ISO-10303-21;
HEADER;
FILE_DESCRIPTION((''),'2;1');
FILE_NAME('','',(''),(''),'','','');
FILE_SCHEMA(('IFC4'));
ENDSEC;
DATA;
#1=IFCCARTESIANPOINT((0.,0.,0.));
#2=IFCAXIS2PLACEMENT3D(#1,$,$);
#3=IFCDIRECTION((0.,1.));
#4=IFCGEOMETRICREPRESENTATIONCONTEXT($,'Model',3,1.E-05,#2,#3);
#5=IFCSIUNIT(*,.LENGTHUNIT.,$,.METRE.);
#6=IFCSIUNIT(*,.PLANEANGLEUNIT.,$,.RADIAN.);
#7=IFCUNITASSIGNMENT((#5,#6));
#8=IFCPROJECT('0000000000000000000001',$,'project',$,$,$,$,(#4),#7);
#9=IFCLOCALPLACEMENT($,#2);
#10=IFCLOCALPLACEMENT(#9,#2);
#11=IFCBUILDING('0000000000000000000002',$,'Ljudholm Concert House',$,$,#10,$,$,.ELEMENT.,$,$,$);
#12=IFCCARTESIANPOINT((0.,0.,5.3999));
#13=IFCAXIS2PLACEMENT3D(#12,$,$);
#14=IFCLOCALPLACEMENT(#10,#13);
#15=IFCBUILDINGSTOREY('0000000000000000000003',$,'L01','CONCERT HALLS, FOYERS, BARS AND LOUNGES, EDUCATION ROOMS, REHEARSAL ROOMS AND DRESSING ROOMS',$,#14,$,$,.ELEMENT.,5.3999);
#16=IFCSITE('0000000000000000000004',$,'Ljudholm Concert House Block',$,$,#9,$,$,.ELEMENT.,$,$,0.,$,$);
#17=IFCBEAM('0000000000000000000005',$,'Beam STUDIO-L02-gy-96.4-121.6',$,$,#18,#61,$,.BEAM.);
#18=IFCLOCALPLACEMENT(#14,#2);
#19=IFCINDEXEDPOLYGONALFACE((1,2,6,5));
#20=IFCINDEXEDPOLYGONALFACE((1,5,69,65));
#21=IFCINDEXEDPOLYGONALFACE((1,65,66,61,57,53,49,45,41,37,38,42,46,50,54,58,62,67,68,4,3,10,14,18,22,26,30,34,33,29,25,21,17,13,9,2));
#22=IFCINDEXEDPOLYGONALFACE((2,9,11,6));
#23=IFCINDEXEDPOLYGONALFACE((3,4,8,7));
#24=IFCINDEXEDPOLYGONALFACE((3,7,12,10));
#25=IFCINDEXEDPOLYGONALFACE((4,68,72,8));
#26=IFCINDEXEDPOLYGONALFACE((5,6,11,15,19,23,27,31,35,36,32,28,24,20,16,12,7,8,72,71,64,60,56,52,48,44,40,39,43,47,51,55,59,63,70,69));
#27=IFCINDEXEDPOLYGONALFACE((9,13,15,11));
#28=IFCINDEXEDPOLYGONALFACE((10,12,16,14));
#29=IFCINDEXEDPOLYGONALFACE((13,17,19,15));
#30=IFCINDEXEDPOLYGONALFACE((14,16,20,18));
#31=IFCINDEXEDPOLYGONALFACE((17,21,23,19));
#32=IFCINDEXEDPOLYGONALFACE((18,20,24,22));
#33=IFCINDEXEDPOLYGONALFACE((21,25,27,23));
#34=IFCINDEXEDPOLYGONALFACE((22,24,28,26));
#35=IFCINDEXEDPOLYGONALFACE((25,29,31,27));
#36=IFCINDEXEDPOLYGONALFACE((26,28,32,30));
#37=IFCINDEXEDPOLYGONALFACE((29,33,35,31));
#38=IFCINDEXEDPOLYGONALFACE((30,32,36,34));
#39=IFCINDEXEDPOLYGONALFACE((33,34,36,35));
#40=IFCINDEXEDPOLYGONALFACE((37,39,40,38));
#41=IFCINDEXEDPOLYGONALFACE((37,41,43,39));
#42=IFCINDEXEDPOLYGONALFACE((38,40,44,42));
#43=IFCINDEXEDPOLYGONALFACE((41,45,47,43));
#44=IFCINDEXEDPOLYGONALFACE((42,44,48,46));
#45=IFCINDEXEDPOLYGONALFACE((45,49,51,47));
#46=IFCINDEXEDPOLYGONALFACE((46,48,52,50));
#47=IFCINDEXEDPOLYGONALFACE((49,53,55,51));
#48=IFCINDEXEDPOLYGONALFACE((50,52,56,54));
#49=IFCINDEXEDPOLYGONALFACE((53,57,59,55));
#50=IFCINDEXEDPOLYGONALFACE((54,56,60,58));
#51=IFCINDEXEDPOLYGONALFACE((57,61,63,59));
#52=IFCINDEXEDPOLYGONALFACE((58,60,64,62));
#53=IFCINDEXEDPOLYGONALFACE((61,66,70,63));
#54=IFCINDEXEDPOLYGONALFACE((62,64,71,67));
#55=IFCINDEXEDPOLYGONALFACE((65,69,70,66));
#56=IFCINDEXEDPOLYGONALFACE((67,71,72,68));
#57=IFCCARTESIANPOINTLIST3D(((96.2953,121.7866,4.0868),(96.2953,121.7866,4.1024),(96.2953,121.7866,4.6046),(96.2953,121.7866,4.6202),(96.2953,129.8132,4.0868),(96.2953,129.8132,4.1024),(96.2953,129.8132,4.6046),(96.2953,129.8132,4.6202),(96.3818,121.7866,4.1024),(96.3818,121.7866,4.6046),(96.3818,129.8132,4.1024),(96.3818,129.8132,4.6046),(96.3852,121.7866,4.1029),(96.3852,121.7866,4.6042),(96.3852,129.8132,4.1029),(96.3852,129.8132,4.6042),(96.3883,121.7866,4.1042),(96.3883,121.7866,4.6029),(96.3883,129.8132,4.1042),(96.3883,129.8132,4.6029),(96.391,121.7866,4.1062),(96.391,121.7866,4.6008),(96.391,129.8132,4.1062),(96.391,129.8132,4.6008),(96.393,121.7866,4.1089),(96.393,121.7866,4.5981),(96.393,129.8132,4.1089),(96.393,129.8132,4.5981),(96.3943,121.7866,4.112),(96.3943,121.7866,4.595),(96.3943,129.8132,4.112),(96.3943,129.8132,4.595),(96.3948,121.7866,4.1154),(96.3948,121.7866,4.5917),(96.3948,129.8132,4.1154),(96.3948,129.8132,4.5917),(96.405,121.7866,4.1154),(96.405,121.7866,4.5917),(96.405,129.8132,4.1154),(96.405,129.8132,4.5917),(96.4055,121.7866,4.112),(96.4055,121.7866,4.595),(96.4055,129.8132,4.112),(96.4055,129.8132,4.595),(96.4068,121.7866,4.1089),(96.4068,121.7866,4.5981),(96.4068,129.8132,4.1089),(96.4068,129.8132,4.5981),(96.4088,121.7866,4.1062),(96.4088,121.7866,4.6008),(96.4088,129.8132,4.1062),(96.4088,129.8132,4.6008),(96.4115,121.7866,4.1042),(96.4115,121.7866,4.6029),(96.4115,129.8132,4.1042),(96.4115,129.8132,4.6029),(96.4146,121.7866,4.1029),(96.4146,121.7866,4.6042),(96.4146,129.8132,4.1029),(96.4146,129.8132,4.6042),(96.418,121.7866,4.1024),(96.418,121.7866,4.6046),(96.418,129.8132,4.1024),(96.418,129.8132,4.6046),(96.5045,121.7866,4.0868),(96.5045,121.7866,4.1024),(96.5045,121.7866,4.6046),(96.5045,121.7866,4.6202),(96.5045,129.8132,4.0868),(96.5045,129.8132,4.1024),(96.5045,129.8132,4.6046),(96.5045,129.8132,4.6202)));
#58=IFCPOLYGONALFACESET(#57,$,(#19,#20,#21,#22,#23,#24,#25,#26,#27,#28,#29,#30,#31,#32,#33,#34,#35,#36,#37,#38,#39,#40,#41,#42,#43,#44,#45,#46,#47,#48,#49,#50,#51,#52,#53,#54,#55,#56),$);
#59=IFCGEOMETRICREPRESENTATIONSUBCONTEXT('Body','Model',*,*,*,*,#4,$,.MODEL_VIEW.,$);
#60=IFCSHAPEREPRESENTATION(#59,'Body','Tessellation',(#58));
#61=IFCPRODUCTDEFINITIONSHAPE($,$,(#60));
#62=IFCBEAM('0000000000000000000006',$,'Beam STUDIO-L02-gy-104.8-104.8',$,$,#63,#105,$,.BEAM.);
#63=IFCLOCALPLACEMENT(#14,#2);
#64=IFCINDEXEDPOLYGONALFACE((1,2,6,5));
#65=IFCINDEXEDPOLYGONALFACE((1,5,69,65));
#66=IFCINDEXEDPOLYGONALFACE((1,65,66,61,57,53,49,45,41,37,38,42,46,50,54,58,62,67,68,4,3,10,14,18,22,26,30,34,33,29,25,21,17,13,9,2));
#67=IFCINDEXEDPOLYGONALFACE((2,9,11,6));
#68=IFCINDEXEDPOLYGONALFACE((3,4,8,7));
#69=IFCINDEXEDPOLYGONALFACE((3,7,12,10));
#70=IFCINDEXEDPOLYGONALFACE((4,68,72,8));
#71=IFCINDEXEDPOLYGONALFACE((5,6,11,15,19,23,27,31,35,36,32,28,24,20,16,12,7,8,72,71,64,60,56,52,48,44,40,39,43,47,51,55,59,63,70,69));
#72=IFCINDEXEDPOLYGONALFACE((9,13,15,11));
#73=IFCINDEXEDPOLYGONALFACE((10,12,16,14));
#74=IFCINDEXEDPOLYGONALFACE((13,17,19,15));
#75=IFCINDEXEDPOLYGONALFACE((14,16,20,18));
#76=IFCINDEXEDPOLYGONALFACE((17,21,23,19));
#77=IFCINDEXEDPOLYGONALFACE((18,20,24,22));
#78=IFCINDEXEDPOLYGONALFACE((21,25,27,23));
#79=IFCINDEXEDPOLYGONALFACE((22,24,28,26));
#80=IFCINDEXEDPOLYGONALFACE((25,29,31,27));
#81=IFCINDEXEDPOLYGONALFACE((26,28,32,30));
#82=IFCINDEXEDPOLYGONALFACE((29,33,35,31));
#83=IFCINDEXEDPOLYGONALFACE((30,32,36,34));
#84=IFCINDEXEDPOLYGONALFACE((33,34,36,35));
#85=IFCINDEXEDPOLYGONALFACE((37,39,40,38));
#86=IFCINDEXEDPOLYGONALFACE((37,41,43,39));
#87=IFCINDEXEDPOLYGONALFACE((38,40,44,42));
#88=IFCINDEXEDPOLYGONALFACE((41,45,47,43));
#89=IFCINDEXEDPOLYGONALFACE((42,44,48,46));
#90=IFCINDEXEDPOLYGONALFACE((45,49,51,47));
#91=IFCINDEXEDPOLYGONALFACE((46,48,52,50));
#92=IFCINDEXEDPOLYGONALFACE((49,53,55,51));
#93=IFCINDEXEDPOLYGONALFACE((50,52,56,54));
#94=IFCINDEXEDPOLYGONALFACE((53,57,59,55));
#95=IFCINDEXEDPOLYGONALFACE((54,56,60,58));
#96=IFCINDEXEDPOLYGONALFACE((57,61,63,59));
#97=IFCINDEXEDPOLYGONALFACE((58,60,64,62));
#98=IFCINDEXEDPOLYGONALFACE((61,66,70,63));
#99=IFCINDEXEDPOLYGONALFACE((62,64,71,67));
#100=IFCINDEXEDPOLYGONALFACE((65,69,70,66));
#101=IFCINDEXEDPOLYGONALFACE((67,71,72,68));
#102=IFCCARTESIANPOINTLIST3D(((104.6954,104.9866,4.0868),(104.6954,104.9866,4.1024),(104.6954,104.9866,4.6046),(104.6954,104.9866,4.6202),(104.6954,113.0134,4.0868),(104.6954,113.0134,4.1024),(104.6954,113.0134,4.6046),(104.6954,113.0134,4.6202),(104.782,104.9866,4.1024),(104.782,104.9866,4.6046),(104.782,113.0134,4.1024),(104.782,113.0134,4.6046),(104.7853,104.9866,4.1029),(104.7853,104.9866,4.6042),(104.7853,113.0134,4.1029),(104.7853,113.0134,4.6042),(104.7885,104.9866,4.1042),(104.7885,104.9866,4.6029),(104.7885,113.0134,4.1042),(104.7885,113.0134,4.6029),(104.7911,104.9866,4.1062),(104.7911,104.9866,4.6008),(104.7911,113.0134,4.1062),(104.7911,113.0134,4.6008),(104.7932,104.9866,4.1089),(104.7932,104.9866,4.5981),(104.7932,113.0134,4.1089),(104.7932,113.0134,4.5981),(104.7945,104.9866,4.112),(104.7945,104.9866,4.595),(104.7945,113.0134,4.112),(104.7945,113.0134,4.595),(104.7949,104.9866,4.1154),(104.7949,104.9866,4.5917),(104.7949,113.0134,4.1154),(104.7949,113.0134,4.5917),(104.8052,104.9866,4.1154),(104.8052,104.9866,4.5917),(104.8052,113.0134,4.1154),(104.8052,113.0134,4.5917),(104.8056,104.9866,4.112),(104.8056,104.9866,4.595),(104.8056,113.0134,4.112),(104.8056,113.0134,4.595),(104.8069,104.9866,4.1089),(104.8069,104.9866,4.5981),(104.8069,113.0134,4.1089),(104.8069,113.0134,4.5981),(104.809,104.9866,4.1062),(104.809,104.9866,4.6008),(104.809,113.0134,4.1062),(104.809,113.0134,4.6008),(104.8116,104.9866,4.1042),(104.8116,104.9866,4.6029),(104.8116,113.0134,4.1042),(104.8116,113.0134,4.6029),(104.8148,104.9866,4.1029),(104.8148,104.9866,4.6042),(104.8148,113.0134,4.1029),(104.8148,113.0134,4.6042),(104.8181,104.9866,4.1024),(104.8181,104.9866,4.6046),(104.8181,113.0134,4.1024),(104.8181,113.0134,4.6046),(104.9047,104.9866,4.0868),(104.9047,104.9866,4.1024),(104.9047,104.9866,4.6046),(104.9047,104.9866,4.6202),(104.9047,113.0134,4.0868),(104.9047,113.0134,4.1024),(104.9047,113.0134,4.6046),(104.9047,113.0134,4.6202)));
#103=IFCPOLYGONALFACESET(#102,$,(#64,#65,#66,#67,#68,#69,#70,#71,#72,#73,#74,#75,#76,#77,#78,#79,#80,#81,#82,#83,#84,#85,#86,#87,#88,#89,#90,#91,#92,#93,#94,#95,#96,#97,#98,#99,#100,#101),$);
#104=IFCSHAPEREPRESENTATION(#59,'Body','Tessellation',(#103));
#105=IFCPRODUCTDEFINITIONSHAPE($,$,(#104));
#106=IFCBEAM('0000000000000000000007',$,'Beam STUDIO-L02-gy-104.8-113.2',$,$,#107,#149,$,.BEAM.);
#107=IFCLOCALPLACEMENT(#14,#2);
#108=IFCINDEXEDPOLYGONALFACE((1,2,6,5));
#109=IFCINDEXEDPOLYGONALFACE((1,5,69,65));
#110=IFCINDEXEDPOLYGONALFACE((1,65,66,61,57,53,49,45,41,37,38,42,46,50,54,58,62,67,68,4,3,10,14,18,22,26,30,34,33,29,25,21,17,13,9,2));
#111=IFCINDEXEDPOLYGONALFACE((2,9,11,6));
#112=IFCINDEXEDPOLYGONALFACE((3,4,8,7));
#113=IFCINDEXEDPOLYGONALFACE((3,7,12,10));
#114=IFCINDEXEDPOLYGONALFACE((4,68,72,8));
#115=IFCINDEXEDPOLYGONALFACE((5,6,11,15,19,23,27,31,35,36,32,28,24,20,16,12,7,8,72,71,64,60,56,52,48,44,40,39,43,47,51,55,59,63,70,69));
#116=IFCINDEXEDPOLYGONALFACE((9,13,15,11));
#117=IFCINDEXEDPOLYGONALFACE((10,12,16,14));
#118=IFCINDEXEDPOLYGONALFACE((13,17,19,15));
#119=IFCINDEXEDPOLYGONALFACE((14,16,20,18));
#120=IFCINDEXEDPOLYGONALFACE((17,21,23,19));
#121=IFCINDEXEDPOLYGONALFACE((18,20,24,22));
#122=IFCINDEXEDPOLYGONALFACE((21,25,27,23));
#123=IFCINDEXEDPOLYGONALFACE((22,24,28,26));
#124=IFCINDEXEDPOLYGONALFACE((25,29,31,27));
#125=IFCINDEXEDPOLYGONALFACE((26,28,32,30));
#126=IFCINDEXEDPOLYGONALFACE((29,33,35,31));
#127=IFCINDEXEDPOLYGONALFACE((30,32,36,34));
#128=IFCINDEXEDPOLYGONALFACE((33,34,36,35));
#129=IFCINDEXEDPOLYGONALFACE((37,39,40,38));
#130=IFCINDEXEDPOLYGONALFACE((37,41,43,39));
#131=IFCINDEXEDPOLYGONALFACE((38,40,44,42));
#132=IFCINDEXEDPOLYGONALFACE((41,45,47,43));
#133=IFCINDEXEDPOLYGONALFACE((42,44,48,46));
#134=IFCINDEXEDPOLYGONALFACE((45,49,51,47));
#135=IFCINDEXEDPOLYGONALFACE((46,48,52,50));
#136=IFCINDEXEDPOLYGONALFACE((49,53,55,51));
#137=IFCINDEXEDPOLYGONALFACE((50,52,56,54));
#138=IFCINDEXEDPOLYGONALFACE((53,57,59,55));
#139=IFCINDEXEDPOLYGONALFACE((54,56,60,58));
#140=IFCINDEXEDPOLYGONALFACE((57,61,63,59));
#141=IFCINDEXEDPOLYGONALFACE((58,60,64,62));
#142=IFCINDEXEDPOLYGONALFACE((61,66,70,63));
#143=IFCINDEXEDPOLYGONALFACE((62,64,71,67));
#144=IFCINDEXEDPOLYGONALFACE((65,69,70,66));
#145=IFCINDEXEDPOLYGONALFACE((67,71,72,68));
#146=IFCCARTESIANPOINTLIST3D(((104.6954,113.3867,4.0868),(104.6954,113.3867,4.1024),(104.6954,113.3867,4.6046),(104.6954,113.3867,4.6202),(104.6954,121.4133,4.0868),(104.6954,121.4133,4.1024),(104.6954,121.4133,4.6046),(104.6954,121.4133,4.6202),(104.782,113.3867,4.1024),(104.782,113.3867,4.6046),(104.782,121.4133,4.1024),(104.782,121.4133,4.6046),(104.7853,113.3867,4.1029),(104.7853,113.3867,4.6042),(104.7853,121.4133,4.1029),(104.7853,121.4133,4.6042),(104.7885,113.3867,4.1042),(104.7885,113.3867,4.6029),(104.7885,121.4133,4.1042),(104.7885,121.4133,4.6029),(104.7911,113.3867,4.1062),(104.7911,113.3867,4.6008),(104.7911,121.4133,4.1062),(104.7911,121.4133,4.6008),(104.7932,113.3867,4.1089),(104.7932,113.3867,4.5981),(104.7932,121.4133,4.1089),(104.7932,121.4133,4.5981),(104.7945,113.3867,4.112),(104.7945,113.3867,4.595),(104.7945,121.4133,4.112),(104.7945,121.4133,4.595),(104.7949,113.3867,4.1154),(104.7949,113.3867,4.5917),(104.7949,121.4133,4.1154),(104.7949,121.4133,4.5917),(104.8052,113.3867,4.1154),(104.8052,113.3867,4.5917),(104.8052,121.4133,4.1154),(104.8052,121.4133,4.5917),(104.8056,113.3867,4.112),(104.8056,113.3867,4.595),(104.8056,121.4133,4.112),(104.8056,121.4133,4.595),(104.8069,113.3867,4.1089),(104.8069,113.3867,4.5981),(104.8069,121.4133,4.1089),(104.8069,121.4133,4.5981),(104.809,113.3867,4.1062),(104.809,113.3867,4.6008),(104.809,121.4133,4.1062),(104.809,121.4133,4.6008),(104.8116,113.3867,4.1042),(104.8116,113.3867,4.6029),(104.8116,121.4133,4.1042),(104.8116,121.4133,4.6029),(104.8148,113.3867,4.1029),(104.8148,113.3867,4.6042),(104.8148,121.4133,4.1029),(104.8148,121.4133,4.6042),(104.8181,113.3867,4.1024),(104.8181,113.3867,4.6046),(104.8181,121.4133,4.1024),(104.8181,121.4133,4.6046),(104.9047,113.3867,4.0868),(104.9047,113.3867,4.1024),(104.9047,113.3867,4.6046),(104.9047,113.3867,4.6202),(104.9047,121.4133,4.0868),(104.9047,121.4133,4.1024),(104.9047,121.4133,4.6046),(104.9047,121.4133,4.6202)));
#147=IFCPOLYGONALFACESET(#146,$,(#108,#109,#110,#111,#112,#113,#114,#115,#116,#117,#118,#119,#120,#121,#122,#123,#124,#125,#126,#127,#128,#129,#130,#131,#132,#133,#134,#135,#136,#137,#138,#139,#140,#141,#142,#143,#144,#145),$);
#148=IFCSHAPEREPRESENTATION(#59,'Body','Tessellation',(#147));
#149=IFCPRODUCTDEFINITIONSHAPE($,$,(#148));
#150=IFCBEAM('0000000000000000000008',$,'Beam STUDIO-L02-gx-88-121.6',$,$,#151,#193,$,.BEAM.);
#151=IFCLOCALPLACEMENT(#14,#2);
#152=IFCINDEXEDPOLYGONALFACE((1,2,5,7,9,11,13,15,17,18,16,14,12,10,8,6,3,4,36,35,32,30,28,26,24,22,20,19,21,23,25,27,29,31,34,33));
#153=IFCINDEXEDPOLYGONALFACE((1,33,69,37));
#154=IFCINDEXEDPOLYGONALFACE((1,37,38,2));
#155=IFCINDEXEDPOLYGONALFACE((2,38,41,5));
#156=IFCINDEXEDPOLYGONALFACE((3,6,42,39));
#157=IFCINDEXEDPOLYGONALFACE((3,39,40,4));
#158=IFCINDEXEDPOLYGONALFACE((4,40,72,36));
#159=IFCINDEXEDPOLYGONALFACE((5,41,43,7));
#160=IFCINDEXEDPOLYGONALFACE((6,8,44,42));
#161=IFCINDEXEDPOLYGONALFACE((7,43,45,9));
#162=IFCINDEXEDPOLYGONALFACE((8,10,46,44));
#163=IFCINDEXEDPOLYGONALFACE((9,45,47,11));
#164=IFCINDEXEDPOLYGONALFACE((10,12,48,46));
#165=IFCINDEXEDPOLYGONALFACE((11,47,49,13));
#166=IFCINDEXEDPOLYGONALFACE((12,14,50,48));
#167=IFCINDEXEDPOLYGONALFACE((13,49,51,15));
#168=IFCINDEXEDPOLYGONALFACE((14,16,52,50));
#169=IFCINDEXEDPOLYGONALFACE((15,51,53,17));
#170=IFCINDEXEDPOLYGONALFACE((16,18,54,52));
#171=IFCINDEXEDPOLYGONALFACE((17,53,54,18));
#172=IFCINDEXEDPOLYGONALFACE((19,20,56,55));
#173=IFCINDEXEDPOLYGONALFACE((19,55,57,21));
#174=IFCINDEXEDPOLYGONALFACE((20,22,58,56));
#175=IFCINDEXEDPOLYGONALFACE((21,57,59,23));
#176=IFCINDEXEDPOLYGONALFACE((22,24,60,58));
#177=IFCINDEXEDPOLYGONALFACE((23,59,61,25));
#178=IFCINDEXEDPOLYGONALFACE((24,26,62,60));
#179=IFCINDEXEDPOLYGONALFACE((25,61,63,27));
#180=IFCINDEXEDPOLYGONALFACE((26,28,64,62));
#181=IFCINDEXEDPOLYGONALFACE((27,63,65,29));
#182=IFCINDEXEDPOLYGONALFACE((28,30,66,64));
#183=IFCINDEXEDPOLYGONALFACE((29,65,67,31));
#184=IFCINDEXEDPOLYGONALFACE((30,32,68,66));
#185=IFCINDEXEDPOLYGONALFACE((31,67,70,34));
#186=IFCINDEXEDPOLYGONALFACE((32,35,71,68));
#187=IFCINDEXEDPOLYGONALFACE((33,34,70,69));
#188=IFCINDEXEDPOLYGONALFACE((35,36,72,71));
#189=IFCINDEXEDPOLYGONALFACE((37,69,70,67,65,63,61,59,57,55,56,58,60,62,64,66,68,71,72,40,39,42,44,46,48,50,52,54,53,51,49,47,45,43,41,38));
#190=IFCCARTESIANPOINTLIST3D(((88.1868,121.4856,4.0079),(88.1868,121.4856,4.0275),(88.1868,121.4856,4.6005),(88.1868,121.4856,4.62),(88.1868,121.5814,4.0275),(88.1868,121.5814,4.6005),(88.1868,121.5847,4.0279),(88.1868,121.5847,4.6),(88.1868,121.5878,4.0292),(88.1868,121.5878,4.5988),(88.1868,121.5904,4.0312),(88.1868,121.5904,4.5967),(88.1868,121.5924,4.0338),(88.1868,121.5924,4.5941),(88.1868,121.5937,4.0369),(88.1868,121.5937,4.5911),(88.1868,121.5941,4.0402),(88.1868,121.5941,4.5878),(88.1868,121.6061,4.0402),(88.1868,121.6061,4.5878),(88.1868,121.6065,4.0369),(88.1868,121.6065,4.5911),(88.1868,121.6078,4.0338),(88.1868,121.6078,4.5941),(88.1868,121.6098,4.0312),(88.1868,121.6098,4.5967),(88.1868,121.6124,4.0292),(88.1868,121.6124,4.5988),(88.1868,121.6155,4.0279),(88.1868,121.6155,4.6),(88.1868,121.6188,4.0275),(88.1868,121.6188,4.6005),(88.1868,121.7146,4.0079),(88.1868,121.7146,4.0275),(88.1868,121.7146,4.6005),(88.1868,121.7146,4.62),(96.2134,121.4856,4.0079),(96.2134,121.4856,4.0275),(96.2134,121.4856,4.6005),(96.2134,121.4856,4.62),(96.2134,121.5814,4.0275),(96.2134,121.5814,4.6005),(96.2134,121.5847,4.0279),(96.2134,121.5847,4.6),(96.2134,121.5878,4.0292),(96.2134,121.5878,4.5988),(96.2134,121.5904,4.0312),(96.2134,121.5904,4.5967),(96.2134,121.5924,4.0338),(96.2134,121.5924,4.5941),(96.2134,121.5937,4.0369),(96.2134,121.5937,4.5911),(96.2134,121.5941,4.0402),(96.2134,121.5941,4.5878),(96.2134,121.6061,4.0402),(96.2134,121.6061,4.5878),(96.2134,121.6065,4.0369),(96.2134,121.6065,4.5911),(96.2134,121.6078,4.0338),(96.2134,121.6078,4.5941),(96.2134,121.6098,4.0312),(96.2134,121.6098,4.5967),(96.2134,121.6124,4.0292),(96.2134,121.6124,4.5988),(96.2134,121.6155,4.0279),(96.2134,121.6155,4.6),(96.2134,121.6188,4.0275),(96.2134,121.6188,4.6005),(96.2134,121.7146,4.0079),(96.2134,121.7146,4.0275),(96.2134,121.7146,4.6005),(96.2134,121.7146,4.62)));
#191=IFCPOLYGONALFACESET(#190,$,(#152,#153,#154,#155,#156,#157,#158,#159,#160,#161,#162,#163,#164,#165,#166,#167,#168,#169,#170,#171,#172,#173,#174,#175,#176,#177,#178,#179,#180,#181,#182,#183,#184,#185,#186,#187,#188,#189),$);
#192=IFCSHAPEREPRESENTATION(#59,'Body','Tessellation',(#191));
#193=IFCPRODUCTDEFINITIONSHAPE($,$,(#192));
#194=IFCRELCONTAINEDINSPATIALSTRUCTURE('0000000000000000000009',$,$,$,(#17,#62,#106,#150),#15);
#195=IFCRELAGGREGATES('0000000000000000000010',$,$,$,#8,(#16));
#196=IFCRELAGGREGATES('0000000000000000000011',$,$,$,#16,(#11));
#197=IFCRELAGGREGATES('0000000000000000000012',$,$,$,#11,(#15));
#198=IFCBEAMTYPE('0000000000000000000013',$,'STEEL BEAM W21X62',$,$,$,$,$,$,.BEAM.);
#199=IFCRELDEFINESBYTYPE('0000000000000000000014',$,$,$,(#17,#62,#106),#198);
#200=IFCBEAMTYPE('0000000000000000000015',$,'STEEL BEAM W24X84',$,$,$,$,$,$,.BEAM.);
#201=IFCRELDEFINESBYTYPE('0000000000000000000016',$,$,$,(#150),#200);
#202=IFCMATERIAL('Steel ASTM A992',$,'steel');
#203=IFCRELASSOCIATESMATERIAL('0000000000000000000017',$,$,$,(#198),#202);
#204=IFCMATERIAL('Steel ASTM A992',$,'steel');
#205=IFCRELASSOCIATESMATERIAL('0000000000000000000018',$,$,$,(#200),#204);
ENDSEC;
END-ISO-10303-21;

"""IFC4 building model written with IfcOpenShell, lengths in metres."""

from ifc_helpers import new_model, si_unit, direction, frame, origin, origin_2d, place, context, subcontext, project, spatial, i_section, extrude, material, material_profile, profile_set, type_object, element, save


model = new_model("IFC4")

# Units and contexts
model_context = context("Model", 3, precision=1e-05, world=origin(), true_north=direction((0.0, 1.0)))
body_context = subcontext(model_context, "Body", "Model", "MODEL_VIEW")
ifc_project = project(units=[si_unit("LENGTHUNIT", "METRE"), si_unit("PLANEANGLEUNIT", "RADIAN")], contexts=[model_context])

# Site, building, storey
site_placement = place(None, origin())
site = spatial("IfcSite", under=ifc_project, at=site_placement, Name="Ljudholm Concert House Block", CompositionType="ELEMENT", RefElevation=0.0)
building_placement = place(site_placement, origin())
building = spatial("IfcBuilding", under=site, at=building_placement, Name="Ljudholm Concert House", CompositionType="ELEMENT")
storey_placement = place(building_placement, frame((0.0, 0.0, 5.3999)))
storey = spatial("IfcBuildingStorey", under=building, at=storey_placement, Name="L01", Description="CONCERT HALLS, FOYERS, BARS AND LOUNGES, EDUCATION ROOMS, REHEARSAL ROOMS AND DRESSING ROOMS", CompositionType="ELEMENT", Elevation=5.3999)

# Beams
ifc_material_1 = material(Name="Steel ASTM A992", Category="steel")
ifc_material_profile_1 = material_profile(ifc_material_1, i_section(OverallWidth=0.2092, OverallDepth=0.5334, WebThickness=0.0103, FlangeThickness=0.0156, FilletRadius=0.0129, at=origin_2d()), Name="W21X62")
ifc_profile_set_1 = profile_set([ifc_material_profile_1], Name="Steel ASTM A992")
beam_type_1 = type_object("IfcBeamType", Name="STEEL BEAM W21X62", PredefinedType="BEAM", material=ifc_profile_set_1)
for number, where, z_axis, x_axis, name in (
    (1, (96.3999, 121.7866, 4.3535), (0.0, 1.0, 0.0), (-1.0, 0.0, 0.0), "Beam STUDIO-L02-gy-96.4-121.6"),
):
    element("IfcBeam", number, at=place(storey_placement, frame(where, z_axis=z_axis, x_axis=x_axis)), inside=storey, type_object=beam_type_1, Name=name, PredefinedType="BEAM", context=body_context, shape_type="SweptSolid", body=[
        extrude(i_section(OverallWidth=0.2092, OverallDepth=0.5334, WebThickness=0.0103, FlangeThickness=0.0156, FilletRadius=0.0129, at=origin_2d()), origin(), (0.0, 0.0, 1.0), 8.0266),
    ])
beam_1_placement = place(storey_placement, frame((104.8, 104.9866, 4.3535), z_axis=(0.0, 1.0, 0.0), x_axis=(-1.0, 0.0, 0.0)))
element("IfcBeam", 2, at=beam_1_placement, inside=storey, type_object=beam_type_1, Name="Beam STUDIO-L02-gy-104.8-104.8", PredefinedType="BEAM", context=body_context, shape_type="SweptSolid", body=[
    extrude(i_section(OverallWidth=0.2092, OverallDepth=0.5334, WebThickness=0.0103, FlangeThickness=0.0156, FilletRadius=0.0129, at=origin_2d()), origin(), (0.0, 0.0, 1.0), 8.0269),
])
beam_2_placement = place(storey_placement, frame((104.8, 113.3867, 4.3535), z_axis=(0.0, 1.0, 0.0), x_axis=(-1.0, 0.0, 0.0)))
element("IfcBeam", 3, at=beam_2_placement, inside=storey, type_object=beam_type_1, Name="Beam STUDIO-L02-gy-104.8-113.2", PredefinedType="BEAM", context=body_context, shape_type="SweptSolid", body=[
    extrude(i_section(OverallWidth=0.2092, OverallDepth=0.5334, WebThickness=0.0103, FlangeThickness=0.0156, FilletRadius=0.0129, at=origin_2d()), origin(), (0.0, 0.0, 1.0), 8.0266),
])
ifc_material_2 = material(Name="Steel ASTM A992", Category="steel")
ifc_material_profile_2 = material_profile(ifc_material_2, i_section(OverallWidth=0.229, OverallDepth=0.6121, WebThickness=0.012, FlangeThickness=0.0195, FilletRadius=0.0127, at=origin_2d()), Name="W24X84")
ifc_profile_set_2 = profile_set([ifc_material_profile_2], Name="Steel ASTM A992")
beam_type_2 = type_object("IfcBeamType", Name="STEEL BEAM W24X84", PredefinedType="BEAM", material=ifc_profile_set_2)
for number, where, z_axis, x_axis, name in (
    (4, (88.1868, 121.6001, 4.314), (1.0, 0.0, 0.0), (0.0, 1.0, 0.0), "Beam STUDIO-L02-gx-88-121.6"),
):
    element("IfcBeam", number, at=place(storey_placement, frame(where, z_axis=z_axis, x_axis=x_axis)), inside=storey, type_object=beam_type_2, Name=name, PredefinedType="BEAM", context=body_context, shape_type="SweptSolid", body=[
        extrude(i_section(OverallWidth=0.229, OverallDepth=0.6121, WebThickness=0.012, FlangeThickness=0.0195, FilletRadius=0.0127, at=origin_2d()), origin(), (0.0, 0.0, 1.0), 8.0266),
    ])

save(model, "model.ifc")
